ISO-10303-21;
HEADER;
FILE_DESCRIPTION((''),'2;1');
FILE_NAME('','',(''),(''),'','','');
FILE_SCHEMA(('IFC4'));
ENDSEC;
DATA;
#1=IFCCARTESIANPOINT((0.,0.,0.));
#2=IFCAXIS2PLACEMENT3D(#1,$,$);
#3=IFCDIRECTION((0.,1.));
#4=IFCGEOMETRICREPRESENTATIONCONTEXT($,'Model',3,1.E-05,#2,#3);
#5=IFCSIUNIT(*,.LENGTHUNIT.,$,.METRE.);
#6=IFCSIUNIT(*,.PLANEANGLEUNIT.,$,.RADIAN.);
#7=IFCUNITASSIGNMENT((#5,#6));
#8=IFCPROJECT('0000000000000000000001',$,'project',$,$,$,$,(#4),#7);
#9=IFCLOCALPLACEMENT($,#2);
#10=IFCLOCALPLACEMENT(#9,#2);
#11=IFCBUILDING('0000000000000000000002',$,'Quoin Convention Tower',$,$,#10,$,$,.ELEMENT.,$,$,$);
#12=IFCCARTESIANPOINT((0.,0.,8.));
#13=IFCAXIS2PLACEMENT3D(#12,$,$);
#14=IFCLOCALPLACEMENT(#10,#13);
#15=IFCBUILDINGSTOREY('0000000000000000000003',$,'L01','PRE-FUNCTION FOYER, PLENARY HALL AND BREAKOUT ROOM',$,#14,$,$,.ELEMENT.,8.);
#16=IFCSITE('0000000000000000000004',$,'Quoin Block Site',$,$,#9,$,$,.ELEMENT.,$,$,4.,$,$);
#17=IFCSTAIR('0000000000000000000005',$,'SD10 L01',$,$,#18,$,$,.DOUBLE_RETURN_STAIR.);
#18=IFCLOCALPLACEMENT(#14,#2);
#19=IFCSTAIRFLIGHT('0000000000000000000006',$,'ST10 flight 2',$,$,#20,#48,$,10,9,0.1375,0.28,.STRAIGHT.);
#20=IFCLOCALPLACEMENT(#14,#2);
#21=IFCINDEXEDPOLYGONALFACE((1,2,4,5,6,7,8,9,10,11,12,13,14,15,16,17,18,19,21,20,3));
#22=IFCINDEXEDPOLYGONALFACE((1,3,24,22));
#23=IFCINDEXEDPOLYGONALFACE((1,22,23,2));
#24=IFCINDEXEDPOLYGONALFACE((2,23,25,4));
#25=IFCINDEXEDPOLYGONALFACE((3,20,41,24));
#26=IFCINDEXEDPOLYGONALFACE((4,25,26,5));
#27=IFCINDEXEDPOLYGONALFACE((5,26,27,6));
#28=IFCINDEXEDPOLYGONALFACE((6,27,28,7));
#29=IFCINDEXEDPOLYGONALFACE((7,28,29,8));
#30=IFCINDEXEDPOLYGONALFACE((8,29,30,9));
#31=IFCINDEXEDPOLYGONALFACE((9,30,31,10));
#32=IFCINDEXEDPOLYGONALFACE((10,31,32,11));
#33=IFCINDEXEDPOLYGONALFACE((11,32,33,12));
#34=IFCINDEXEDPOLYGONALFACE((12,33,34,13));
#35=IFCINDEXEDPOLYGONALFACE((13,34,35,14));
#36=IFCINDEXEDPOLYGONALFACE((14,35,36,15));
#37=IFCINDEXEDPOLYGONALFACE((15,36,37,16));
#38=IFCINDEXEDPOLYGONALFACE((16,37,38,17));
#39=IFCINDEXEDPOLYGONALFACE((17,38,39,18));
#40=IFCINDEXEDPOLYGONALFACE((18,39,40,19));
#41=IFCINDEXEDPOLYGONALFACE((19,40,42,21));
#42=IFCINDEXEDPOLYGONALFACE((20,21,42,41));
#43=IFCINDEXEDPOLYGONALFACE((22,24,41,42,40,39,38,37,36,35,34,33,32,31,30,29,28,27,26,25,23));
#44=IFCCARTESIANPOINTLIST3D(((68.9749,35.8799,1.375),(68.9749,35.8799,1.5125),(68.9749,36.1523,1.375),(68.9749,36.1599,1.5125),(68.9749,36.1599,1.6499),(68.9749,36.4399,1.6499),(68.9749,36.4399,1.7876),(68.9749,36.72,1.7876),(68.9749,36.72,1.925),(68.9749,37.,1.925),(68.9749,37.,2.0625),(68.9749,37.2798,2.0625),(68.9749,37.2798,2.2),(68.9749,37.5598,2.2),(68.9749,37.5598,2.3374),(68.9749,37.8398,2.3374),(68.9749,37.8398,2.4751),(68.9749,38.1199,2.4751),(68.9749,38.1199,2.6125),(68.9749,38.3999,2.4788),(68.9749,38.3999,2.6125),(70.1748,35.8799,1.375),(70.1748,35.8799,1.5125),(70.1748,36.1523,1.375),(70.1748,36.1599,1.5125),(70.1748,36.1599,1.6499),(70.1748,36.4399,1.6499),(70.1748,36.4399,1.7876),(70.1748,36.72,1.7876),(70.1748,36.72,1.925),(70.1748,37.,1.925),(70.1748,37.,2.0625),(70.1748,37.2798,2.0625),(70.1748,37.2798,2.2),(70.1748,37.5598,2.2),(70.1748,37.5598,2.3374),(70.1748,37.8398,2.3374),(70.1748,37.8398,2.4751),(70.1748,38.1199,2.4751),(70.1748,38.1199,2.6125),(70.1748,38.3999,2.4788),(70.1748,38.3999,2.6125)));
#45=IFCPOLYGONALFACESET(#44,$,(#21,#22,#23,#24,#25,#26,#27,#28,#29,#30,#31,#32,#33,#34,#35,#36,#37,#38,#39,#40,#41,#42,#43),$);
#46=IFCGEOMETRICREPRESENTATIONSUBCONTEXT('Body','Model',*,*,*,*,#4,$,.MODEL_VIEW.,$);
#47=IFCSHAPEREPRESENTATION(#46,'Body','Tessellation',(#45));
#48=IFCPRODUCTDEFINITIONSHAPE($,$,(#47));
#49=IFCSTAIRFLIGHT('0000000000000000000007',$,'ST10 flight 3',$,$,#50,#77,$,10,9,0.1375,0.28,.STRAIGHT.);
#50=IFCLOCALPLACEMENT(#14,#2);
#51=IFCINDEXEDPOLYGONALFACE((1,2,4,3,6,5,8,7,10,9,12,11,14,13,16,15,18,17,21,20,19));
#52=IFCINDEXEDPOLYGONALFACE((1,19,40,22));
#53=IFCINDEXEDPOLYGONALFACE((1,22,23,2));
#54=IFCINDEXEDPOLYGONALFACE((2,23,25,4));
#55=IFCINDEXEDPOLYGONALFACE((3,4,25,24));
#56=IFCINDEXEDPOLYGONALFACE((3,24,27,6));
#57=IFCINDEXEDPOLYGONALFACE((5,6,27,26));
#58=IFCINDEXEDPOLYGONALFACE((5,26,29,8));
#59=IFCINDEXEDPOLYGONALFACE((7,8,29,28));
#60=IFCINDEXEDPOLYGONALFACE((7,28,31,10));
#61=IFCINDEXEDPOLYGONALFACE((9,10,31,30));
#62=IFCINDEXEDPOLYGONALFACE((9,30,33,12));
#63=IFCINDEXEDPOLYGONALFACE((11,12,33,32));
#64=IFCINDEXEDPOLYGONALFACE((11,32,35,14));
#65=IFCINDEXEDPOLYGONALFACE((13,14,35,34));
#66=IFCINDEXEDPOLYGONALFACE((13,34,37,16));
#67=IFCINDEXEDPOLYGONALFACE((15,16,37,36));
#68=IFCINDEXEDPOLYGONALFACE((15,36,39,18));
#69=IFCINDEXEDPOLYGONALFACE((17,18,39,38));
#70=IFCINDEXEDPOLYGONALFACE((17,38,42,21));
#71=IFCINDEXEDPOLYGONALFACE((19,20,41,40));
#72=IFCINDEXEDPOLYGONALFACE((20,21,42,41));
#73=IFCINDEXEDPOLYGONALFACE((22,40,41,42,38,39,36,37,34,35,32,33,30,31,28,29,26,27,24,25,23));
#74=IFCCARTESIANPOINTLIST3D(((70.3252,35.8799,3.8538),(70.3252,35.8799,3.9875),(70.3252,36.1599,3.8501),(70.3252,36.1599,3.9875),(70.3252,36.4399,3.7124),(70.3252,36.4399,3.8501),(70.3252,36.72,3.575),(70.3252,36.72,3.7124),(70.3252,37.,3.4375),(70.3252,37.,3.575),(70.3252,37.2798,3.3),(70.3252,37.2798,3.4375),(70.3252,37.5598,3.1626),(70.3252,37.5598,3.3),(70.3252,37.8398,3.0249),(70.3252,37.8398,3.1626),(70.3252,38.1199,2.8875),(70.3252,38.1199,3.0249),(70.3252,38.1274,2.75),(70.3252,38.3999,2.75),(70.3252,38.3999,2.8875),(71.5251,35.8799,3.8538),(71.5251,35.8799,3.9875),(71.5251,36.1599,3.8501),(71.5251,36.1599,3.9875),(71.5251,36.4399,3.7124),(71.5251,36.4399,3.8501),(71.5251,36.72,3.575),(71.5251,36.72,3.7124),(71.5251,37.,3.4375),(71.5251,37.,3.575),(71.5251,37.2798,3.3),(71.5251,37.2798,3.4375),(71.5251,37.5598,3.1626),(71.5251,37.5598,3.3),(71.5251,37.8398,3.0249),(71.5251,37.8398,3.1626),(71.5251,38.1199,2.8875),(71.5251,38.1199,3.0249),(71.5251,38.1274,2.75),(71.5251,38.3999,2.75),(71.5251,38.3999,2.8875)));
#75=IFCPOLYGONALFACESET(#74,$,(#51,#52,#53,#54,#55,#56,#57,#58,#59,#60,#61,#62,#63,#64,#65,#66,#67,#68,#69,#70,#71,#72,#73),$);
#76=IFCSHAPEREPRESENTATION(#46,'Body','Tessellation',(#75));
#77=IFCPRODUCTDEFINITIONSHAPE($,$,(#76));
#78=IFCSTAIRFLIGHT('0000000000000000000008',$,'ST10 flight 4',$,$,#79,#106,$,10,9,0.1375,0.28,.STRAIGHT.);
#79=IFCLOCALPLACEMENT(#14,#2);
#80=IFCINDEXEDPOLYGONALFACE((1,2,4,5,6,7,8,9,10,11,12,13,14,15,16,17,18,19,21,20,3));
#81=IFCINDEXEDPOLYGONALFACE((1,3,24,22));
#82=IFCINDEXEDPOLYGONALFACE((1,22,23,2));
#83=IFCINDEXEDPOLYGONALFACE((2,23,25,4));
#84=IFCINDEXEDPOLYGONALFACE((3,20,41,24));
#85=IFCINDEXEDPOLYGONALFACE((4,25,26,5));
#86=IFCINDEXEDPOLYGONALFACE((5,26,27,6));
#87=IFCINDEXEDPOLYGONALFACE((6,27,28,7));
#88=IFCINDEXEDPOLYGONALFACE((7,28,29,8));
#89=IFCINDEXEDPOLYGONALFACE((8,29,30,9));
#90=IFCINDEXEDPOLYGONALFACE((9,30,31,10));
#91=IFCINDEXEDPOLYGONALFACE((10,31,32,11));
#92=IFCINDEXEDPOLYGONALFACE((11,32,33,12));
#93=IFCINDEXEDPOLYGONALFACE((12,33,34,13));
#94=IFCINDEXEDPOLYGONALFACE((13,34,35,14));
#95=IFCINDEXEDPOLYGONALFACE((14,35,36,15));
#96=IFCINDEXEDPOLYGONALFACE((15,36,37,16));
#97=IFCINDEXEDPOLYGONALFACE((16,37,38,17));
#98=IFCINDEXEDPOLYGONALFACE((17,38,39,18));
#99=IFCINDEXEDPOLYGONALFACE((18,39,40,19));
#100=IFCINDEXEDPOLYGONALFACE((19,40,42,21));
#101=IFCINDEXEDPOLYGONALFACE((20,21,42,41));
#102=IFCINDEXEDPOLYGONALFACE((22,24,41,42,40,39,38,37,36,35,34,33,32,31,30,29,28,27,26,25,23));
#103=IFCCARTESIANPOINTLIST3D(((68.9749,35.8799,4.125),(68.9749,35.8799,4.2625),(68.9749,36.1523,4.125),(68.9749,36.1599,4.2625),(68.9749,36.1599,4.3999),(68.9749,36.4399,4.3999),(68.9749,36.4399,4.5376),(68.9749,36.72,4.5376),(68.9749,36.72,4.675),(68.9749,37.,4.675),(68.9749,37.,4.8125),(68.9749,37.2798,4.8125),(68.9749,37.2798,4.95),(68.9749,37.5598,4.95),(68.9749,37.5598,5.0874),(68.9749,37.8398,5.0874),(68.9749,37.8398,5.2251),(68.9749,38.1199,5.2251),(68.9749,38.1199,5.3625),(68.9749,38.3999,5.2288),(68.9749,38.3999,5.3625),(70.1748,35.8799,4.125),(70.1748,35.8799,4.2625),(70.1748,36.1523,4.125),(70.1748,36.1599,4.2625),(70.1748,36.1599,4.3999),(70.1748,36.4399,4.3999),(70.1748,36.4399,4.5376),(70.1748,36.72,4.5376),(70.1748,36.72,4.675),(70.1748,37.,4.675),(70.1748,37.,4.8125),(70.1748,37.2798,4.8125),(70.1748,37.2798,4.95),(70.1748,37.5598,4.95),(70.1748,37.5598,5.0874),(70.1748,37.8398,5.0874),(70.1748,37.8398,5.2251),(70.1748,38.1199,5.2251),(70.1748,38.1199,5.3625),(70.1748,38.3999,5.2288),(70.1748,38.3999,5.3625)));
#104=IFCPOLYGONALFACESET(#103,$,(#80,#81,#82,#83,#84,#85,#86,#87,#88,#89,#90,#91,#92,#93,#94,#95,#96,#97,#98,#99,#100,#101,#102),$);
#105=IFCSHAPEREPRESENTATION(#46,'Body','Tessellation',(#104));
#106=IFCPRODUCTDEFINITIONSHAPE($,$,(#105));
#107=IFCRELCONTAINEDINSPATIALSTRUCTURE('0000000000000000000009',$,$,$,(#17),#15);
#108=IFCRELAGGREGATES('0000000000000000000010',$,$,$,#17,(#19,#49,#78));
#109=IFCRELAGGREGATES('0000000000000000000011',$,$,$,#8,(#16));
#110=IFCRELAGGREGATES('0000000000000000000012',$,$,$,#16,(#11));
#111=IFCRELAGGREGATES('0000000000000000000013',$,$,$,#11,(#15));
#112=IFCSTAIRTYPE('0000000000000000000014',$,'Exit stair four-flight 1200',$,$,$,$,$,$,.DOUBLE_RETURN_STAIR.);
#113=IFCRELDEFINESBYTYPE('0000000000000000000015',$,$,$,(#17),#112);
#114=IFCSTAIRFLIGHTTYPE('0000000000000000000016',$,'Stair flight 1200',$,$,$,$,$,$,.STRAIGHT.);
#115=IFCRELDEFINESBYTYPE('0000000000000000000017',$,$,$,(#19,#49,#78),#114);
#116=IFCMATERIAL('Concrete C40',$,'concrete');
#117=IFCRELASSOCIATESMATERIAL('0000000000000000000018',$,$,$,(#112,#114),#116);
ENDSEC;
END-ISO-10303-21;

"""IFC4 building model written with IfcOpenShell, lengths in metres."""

from ifc_helpers import new_model, si_unit, direction, frame, origin, place, context, subcontext, project, spatial, polyline, outline, extrude, material, type_object, element, aggregate, save


model = new_model("IFC4")

# Units and contexts
model_context = context("Model", 3, precision=1e-05, world=origin(), true_north=direction((0.0, 1.0)))
body_context = subcontext(model_context, "Body", "Model", "MODEL_VIEW")
ifc_project = project(units=[si_unit("LENGTHUNIT", "METRE"), si_unit("PLANEANGLEUNIT", "RADIAN")], contexts=[model_context])

# Site, building, storey
site_placement = place(None, origin())
site = spatial("IfcSite", under=ifc_project, at=site_placement, Name="Quoin Block Site", CompositionType="ELEMENT", RefElevation=4.0)
building_placement = place(site_placement, origin())
building = spatial("IfcBuilding", under=site, at=building_placement, Name="Quoin Convention Tower", CompositionType="ELEMENT")
storey_placement = place(building_placement, frame((0.0, 0.0, 8.0)))
storey = spatial("IfcBuildingStorey", under=building, at=storey_placement, Name="L01", Description="PRE-FUNCTION FOYER, PLENARY HALL AND BREAKOUT ROOM", CompositionType="ELEMENT", Elevation=8.0)

# Stair, stair flights
ifc_material_1 = material(Name="Concrete C40", Category="concrete")
stair_type = type_object("IfcStairType", Name="Exit stair four-flight 1200", PredefinedType="DOUBLE_RETURN_STAIR", material=ifc_material_1)
stair_placement = place(storey_placement, origin())
stair = element("IfcStair", 1, at=stair_placement, inside=storey, type_object=stair_type, Name="SD10 L01", PredefinedType="DOUBLE_RETURN_STAIR")
stair_flight_type = type_object("IfcStairFlightType", Name="Stair flight 1200", PredefinedType="STRAIGHT", material=ifc_material_1)
stair_flight_1_placement = place(storey_placement, frame((69.575, 35.8799, 1.375), z_axis=(0.0, 0.0, 1.0), x_axis=(0.0, 1.0, 0.0)))
stair_flight_1 = element("IfcStairFlight", 2, at=stair_flight_1_placement, type_object=stair_flight_type, Name="ST10 flight 2", NumberOfRisers=10, NumberOfTreads=9, PredefinedType="STRAIGHT", RiserHeight=0.1375, TreadLength=0.28, context=body_context, shape_type="SweptSolid", body=[
    extrude(outline(polyline([(0.0, 0.0), (0.0, 0.1375), (0.28, 0.1375), (0.28, 0.2749), (0.5601, 0.2749), (0.5601, 0.4126), (0.8401, 0.4126), (0.8401, 0.55), (1.1201, 0.55), (1.1201, 0.6875), (1.3999, 0.6875), (1.3999, 0.825), (1.6799, 0.825), (1.6799, 0.9624), (1.96, 0.9624), (1.96, 1.1001), (2.24, 1.1001), (2.24, 1.2375), (2.52, 1.2375), (2.52, 1.375), (2.52, 1.1038), (0.2725, 0.0), (0.0, 0.0)])), frame((0.0, 0.6001, 0.0), z_axis=(0.0, -1.0, 0.0), x_axis=(1.0, 0.0, 0.0)), (0.0, 0.0, 1.0), 1.2),
])
stair_flight_2_placement = place(storey_placement, frame((70.925, 38.3999, 2.75), z_axis=(0.0, 0.0, 1.0), x_axis=(0.0, -1.0, 0.0)))
stair_flight_2 = element("IfcStairFlight", 3, at=stair_flight_2_placement, type_object=stair_flight_type, Name="ST10 flight 3", NumberOfRisers=10, NumberOfTreads=9, PredefinedType="STRAIGHT", RiserHeight=0.1375, TreadLength=0.28, context=body_context, shape_type="SweptSolid", body=[
    extrude(outline(polyline([(0.0, 0.0), (0.0, 0.1375), (0.28, 0.1375), (0.28, 0.2749), (0.5601, 0.2749), (0.5601, 0.4126), (0.8401, 0.4126), (0.8401, 0.55), (1.1201, 0.55), (1.1201, 0.6875), (1.3999, 0.6875), (1.3999, 0.825), (1.6799, 0.825), (1.6799, 0.9624), (1.96, 0.9624), (1.96, 1.1001), (2.24, 1.1001), (2.24, 1.2375), (2.52, 1.2375), (2.52, 1.375), (2.52, 1.1038), (0.2725, 0.0), (0.0, 0.0)])), frame((0.0, 0.6001, 0.0), z_axis=(0.0, -1.0, 0.0), x_axis=(1.0, 0.0, 0.0)), (0.0, 0.0, 1.0), 1.2),
])
stair_flight_3_placement = place(storey_placement, frame((69.575, 35.8799, 4.125), z_axis=(0.0, 0.0, 1.0), x_axis=(0.0, 1.0, 0.0)))
stair_flight_3 = element("IfcStairFlight", 4, at=stair_flight_3_placement, type_object=stair_flight_type, Name="ST10 flight 4", NumberOfRisers=10, NumberOfTreads=9, PredefinedType="STRAIGHT", RiserHeight=0.1375, TreadLength=0.28, context=body_context, shape_type="SweptSolid", body=[
    extrude(outline(polyline([(0.0, 0.0), (0.0, 0.1375), (0.28, 0.1375), (0.28, 0.2749), (0.5601, 0.2749), (0.5601, 0.4126), (0.8401, 0.4126), (0.8401, 0.55), (1.1201, 0.55), (1.1201, 0.6875), (1.3999, 0.6875), (1.3999, 0.825), (1.6799, 0.825), (1.6799, 0.9624), (1.96, 0.9624), (1.96, 1.1001), (2.24, 1.1001), (2.24, 1.2375), (2.52, 1.2375), (2.52, 1.375), (2.52, 1.1038), (0.2725, 0.0), (0.0, 0.0)])), frame((0.0, 0.6001, 0.0), z_axis=(0.0, -1.0, 0.0), x_axis=(1.0, 0.0, 0.0)), (0.0, 0.0, 1.0), 1.2),
])
aggregate(stair, [stair_flight_1, stair_flight_2, stair_flight_3])

save(model, "model.ifc")
